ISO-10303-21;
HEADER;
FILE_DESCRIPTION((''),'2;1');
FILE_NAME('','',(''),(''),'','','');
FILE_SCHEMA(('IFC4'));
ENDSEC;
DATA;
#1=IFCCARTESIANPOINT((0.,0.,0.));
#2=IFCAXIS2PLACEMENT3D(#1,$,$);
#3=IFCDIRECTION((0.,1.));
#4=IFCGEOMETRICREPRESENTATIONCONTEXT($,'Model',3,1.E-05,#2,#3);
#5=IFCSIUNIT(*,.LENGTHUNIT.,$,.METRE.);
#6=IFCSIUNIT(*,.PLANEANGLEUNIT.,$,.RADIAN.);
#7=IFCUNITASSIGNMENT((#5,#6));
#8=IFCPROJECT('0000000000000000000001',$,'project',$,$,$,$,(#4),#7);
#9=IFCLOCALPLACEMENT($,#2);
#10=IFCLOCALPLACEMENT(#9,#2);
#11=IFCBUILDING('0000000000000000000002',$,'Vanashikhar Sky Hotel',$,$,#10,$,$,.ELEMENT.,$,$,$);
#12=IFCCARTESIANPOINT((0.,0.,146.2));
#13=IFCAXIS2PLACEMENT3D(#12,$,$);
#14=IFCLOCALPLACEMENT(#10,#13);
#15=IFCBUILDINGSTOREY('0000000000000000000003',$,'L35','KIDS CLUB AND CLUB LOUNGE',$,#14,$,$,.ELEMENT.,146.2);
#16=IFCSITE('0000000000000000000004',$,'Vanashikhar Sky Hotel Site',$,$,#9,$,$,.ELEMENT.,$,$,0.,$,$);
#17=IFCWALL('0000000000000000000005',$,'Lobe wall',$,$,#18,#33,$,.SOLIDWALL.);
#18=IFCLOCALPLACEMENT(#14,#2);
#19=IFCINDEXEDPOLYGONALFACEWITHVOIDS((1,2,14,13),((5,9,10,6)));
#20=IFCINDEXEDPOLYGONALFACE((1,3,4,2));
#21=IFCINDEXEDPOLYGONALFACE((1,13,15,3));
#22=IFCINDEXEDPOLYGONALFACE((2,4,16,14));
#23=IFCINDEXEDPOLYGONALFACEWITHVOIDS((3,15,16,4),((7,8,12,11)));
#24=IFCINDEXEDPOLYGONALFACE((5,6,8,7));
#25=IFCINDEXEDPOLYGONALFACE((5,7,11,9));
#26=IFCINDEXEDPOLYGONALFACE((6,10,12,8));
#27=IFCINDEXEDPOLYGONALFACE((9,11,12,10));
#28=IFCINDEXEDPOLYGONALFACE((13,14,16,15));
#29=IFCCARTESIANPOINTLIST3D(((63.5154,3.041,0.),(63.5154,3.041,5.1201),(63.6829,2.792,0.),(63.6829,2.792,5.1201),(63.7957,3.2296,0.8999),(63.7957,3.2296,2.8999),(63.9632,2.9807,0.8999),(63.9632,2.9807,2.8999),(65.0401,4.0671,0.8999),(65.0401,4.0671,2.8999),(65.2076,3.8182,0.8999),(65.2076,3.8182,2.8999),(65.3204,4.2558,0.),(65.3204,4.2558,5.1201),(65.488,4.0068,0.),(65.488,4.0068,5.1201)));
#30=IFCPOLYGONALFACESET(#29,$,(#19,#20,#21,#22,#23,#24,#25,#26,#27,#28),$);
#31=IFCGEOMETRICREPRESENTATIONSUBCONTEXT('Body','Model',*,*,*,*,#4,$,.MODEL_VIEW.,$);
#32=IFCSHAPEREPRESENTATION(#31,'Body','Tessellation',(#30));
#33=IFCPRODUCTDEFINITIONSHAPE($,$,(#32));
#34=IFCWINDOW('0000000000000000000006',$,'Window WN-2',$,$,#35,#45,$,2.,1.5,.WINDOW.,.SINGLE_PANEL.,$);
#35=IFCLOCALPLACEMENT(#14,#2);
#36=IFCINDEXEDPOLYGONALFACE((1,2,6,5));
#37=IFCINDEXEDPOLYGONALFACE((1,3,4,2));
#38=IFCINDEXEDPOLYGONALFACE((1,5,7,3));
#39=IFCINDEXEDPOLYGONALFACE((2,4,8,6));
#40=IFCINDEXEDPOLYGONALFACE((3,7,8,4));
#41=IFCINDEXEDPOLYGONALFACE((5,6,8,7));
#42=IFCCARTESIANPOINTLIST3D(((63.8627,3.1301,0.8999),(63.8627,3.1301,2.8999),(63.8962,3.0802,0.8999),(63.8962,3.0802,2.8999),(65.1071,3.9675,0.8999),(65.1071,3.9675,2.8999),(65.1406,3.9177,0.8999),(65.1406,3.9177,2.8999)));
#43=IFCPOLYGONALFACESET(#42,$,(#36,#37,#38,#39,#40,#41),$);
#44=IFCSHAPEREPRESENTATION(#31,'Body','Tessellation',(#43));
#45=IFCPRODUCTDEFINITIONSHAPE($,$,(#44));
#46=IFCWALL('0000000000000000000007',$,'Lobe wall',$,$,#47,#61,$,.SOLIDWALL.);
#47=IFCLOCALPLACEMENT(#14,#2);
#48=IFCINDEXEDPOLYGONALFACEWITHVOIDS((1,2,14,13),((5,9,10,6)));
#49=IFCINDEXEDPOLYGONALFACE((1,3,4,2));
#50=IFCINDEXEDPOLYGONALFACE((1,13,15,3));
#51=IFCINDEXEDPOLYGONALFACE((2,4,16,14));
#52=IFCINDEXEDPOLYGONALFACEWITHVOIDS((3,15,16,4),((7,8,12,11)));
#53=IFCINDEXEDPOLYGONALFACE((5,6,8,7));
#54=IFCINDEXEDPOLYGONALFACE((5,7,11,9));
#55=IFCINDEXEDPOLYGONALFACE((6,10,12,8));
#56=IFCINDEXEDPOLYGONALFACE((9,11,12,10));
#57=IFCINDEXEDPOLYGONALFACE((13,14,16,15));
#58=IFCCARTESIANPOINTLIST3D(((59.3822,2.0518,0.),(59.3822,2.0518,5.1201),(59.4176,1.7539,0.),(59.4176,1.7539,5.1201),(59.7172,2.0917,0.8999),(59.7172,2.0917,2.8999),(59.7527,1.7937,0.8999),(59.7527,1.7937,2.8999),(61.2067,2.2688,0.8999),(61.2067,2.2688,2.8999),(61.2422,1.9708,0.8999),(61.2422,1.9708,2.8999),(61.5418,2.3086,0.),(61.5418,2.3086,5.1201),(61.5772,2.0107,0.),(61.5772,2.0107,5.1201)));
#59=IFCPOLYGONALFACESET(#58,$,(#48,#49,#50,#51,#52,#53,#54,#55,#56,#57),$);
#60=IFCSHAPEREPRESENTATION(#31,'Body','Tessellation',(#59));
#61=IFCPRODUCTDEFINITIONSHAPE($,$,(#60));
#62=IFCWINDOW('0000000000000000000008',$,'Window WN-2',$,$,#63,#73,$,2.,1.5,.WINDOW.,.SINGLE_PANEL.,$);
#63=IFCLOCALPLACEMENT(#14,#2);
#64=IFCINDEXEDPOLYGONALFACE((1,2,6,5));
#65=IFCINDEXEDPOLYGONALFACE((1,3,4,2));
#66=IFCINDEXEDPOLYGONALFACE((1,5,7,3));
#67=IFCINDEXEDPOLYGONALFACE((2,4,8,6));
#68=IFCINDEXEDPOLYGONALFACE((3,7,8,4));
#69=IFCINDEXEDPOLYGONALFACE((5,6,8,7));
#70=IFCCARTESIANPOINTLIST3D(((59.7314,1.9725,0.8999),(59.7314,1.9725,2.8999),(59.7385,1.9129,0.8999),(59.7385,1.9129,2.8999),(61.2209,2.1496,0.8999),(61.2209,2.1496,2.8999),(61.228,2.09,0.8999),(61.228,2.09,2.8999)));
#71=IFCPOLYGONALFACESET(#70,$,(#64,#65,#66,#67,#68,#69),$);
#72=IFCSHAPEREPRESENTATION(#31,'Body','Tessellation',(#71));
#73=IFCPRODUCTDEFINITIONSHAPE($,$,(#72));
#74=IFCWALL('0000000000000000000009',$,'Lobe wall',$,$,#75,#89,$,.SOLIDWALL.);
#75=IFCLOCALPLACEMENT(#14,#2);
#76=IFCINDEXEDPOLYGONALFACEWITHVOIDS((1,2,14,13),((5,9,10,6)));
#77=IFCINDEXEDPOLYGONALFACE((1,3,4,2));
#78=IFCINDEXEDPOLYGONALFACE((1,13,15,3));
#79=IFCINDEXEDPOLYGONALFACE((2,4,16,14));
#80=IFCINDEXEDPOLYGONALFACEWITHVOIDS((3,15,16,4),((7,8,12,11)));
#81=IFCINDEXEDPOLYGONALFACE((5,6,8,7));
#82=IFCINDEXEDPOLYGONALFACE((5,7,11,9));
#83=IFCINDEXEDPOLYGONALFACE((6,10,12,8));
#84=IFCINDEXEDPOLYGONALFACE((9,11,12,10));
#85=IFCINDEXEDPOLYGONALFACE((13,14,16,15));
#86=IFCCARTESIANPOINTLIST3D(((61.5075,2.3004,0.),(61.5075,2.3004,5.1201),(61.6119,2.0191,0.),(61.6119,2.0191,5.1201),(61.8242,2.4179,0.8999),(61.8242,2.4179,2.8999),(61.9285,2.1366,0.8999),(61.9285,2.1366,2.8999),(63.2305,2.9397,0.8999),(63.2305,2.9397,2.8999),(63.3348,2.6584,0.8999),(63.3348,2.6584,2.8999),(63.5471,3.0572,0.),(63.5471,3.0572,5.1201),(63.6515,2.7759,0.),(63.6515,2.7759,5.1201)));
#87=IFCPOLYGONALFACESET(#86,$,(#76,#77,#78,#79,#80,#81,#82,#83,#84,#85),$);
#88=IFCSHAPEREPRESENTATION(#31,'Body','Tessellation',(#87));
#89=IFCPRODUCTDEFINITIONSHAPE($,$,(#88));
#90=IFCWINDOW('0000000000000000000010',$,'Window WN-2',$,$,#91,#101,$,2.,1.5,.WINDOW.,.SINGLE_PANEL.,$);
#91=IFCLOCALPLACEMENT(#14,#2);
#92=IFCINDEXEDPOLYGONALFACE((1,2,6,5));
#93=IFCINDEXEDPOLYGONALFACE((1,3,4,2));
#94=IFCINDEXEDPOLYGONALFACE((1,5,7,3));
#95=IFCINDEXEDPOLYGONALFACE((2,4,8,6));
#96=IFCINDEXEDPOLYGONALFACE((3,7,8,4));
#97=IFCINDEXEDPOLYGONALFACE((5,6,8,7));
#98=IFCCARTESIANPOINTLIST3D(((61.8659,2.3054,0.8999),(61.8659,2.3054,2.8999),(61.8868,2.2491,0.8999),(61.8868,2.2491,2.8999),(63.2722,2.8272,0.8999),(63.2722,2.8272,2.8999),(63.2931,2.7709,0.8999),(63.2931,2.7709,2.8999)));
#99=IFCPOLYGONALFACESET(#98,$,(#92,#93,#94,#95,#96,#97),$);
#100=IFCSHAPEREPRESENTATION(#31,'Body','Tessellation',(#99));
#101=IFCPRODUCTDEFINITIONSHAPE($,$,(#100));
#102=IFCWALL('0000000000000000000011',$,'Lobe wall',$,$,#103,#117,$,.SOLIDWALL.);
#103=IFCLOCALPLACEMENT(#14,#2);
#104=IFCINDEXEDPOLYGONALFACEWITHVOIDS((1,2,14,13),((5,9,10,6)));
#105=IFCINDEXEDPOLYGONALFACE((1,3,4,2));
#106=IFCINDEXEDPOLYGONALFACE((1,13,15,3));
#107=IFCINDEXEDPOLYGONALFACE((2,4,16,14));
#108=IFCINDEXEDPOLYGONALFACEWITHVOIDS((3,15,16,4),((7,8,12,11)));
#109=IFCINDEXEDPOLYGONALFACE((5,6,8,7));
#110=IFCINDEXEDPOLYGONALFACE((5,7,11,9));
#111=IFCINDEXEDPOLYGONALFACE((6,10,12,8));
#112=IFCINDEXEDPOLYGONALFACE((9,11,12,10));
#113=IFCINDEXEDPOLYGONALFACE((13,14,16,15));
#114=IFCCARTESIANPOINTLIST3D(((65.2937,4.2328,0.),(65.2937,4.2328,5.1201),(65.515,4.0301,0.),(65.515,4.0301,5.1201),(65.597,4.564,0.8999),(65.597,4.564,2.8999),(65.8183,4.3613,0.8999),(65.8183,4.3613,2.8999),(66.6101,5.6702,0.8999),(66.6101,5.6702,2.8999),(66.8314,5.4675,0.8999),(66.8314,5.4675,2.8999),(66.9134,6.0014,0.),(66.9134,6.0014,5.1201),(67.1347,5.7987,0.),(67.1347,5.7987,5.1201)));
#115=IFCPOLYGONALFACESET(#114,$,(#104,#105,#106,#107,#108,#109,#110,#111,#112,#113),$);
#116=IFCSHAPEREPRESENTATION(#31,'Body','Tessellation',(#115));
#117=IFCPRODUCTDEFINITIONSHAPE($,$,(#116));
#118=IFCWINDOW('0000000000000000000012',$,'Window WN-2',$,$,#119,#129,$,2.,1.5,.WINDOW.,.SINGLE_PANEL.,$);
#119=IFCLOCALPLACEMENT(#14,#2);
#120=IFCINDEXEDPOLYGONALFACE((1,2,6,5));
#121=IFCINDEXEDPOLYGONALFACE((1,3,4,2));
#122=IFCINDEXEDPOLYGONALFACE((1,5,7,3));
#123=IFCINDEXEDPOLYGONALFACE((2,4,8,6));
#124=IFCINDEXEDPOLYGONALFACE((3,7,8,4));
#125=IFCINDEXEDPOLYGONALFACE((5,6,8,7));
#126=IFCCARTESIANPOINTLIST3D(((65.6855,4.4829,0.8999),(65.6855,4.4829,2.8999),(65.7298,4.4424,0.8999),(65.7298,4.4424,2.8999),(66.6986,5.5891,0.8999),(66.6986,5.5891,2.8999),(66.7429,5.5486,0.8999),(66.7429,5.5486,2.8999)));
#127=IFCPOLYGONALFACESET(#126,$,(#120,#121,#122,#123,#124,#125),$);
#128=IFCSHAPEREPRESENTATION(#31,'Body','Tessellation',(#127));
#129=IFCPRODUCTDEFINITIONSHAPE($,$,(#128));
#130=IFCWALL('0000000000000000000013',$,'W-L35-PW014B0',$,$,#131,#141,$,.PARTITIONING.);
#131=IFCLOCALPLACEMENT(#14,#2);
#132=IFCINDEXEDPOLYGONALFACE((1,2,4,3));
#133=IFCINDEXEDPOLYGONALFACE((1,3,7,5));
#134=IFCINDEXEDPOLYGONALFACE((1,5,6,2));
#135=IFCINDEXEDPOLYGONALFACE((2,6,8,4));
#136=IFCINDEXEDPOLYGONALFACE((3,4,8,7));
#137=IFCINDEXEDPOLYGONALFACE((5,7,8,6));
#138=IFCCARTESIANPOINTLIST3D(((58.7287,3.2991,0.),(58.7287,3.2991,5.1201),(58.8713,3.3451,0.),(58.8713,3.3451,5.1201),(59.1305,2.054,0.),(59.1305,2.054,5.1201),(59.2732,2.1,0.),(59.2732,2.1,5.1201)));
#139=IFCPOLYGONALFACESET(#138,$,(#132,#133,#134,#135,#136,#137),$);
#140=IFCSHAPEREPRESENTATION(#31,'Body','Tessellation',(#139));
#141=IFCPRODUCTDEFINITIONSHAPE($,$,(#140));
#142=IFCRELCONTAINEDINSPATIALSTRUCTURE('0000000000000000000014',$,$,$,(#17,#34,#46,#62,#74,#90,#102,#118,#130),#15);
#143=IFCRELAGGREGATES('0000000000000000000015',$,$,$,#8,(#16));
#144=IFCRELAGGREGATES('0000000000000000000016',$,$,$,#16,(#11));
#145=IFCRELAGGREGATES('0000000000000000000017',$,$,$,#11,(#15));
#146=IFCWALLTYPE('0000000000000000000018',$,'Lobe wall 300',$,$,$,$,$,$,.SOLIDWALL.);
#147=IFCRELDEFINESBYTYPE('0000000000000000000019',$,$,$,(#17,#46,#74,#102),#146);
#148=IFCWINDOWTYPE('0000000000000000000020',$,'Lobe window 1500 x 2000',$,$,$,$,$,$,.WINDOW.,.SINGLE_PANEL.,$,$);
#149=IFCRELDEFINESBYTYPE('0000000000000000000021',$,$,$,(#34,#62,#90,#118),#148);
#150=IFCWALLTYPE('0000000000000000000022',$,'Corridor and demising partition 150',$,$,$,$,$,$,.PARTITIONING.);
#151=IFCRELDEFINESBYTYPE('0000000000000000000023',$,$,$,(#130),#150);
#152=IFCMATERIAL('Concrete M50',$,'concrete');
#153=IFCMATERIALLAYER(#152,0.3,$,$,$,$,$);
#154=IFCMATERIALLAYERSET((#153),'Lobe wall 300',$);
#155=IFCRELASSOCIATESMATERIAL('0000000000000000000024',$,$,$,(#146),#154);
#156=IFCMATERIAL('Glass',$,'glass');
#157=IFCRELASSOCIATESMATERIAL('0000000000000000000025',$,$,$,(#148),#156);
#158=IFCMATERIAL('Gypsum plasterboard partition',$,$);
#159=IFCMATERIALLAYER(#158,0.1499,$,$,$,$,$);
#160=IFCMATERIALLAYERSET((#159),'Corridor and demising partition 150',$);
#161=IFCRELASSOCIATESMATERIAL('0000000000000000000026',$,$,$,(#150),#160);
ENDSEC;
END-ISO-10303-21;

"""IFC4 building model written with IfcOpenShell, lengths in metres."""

from ifc_helpers import new_model, si_unit, direction, frame, frame_2d, origin, place, context, subcontext, project, spatial, rectangle, extrude, source, transform, mapped, material, layer, layer_set, type_object, element, fill, save


model = new_model("IFC4")

# Units and contexts
model_context = context("Model", 3, precision=1e-05, world=origin(), true_north=direction((0.0, 1.0)))
body_context = subcontext(model_context, "Body", "Model", "MODEL_VIEW")
ifc_project = project(units=[si_unit("LENGTHUNIT", "METRE"), si_unit("PLANEANGLEUNIT", "RADIAN")], contexts=[model_context])

# Site, building, storey
site_placement = place(None, origin())
site = spatial("IfcSite", under=ifc_project, at=site_placement, Name="Vanashikhar Sky Hotel Site", CompositionType="ELEMENT", RefElevation=0.0)
building_placement = place(site_placement, origin())
building = spatial("IfcBuilding", under=site, at=building_placement, Name="Vanashikhar Sky Hotel", CompositionType="ELEMENT")
storey_placement = place(building_placement, frame((0.0, 0.0, 146.2)))
storey = spatial("IfcBuildingStorey", under=building, at=storey_placement, Name="L35", Description="KIDS CLUB AND CLUB LOUNGE", CompositionType="ELEMENT", Elevation=146.2)

# Shared definitions
ifc_material_1 = material(Name="Concrete M50", Category="concrete")

# Shared definitions
ifc_material_2 = material(Name="Glass", Category="glass")

# Walls, openings, windows
ifc_layer_1 = layer(ifc_material_1, 0.3)
ifc_layer_set_1 = layer_set([ifc_layer_1], Name="Lobe wall 300")
wall_type_1 = type_object("IfcWallType", Name="Lobe wall 300", PredefinedType="SOLIDWALL", material=ifc_layer_set_1)
shared_shape_1 = source(origin(), body_context, "Body", "SweptSolid", [
    extrude(rectangle(XDim=2.1758, YDim=0.3, at=frame_2d((1.0879, 0.0))), origin(), (0.0, 0.0, 1.0), 5.1201),
])
wall_1_placement = place(storey_placement, frame((63.5991, 2.9165, 0.0), z_axis=(0.0, 0.0, 1.0), x_axis=(0.829626, 0.55832, 0.0)))
wall_1 = element("IfcWall", 1, at=wall_1_placement, inside=storey, type_object=wall_type_1, Name="Lobe wall", PredefinedType="SOLIDWALL", context=body_context, shape_type="MappedRepresentation", body=[
    mapped(shared_shape_1, transform((0.0, 0.0, 0.0), scale=1.0)),
])
shared_shape_2 = source(origin(), body_context, "Body", "SweptSolid", [
    extrude(rectangle(XDim=1.5, YDim=2.0, at=frame_2d((0.75, 1.0))), frame((0.0, 0.1602, 0.0), z_axis=(0.0, -1.0, 0.0), x_axis=(1.0, 0.0, 0.0)), (0.0, 0.0, 1.0), 0.3201),
])
opening_1_placement = place(wall_1_placement, frame((0.3379, 0.0, 0.8999)))
opening_1 = element("IfcOpeningElement", 2, at=opening_1_placement, cuts=wall_1, PredefinedType="OPENING", context=body_context, shape_type="MappedRepresentation", body=[
    mapped(shared_shape_2, transform((0.0, 0.0, 0.0), scale=1.0)),
])
window_type = type_object("IfcWindowType", Name="Lobe window 1500 x 2000", PartitioningType="SINGLE_PANEL", PredefinedType="WINDOW", material=ifc_material_2)
shared_shape_3 = source(origin(), body_context, "Body", "SweptSolid", [
    extrude(rectangle(XDim=1.5, YDim=2.0, at=frame_2d((0.75, 1.0))), frame((0.0, 0.03, 0.0), z_axis=(0.0, -1.0, 0.0), x_axis=(1.0, 0.0, 0.0)), (0.0, 0.0, 1.0), 0.0601),
])
window_1_placement = place(opening_1_placement, origin())
window_1 = element("IfcWindow", 3, at=window_1_placement, inside=storey, type_object=window_type, Name="Window WN-2", OverallHeight=2.0, OverallWidth=1.5, PartitioningType="SINGLE_PANEL", PredefinedType="WINDOW", context=body_context, shape_type="MappedRepresentation", body=[
    mapped(shared_shape_3, transform((0.0, 0.0, 0.0), scale=1.0)),
])
fill(opening_1, window_1)
shared_shape_4 = source(origin(), body_context, "Body", "SweptSolid", [
    extrude(rectangle(XDim=2.1748, YDim=0.3, at=frame_2d((1.0874, 0.0))), origin(), (0.0, 0.0, 1.0), 5.1201),
])
wall_2_placement = place(storey_placement, frame((59.3999, 1.9028, 0.0), z_axis=(0.0, 0.0, 1.0), x_axis=(0.993003, 0.118092, 0.0)))
wall_2 = element("IfcWall", 4, at=wall_2_placement, inside=storey, type_object=wall_type_1, Name="Lobe wall", PredefinedType="SOLIDWALL", context=body_context, shape_type="MappedRepresentation", body=[
    mapped(shared_shape_4, transform((0.0, 0.0, 0.0), scale=1.0)),
])
opening_2_placement = place(wall_2_placement, frame((0.3374, 0.0, 0.8999)))
opening_2 = element("IfcOpeningElement", 5, at=opening_2_placement, cuts=wall_2, PredefinedType="OPENING", context=body_context, shape_type="MappedRepresentation", body=[
    mapped(shared_shape_2, transform((0.0, 0.0, 0.0), scale=1.0)),
])
window_2_placement = place(opening_2_placement, origin())
window_2 = element("IfcWindow", 6, at=window_2_placement, inside=storey, type_object=window_type, Name="Window WN-2", OverallHeight=2.0, OverallWidth=1.5, PartitioningType="SINGLE_PANEL", PredefinedType="WINDOW", context=body_context, shape_type="MappedRepresentation", body=[
    mapped(shared_shape_3, transform((0.0, 0.0, 0.0), scale=1.0)),
])
fill(opening_2, window_2)
shared_shape_5 = source(origin(), body_context, "Body", "SweptSolid", [
    extrude(rectangle(XDim=2.1755, YDim=0.3, at=frame_2d((1.0879, 0.0))), origin(), (0.0, 0.0, 1.0), 5.1201),
])
wall_3_placement = place(storey_placement, frame((61.5596, 2.1597, 0.0), z_axis=(0.0, 0.0, 1.0), x_axis=(0.937532, 0.347899, 0.0)))
wall_3 = element("IfcWall", 7, at=wall_3_placement, inside=storey, type_object=wall_type_1, Name="Lobe wall", PredefinedType="SOLIDWALL", context=body_context, shape_type="MappedRepresentation", body=[
    mapped(shared_shape_5, transform((0.0, 0.0, 0.0), scale=1.0)),
])
opening_3_placement = place(wall_3_placement, frame((0.3379, 0.0, 0.8999)))
opening_3 = element("IfcOpeningElement", 8, at=opening_3_placement, cuts=wall_3, PredefinedType="OPENING", context=body_context, shape_type="MappedRepresentation", body=[
    mapped(shared_shape_2, transform((0.0, 0.0, 0.0), scale=1.0)),
])
window_3_placement = place(opening_3_placement, origin())
window_3 = element("IfcWindow", 9, at=window_3_placement, inside=storey, type_object=window_type, Name="Window WN-2", OverallHeight=2.0, OverallWidth=1.5, PartitioningType="SINGLE_PANEL", PredefinedType="WINDOW", context=body_context, shape_type="MappedRepresentation", body=[
    mapped(shared_shape_3, transform((0.0, 0.0, 0.0), scale=1.0)),
])
fill(opening_3, window_3)
shared_shape_6 = source(origin(), body_context, "Body", "SweptSolid", [
    extrude(rectangle(XDim=2.3982, YDim=0.3, at=frame_2d((1.1992, 0.0))), origin(), (0.0, 0.0, 1.0), 5.1201),
])
wall_4_placement = place(storey_placement, frame((65.4043, 4.1313, 0.0), z_axis=(0.0, 0.0, 1.0), x_axis=(0.675374, 0.737475, 0.0)))
wall_4 = element("IfcWall", 10, at=wall_4_placement, inside=storey, type_object=wall_type_1, Name="Lobe wall", PredefinedType="SOLIDWALL", context=body_context, shape_type="MappedRepresentation", body=[
    mapped(shared_shape_6, transform((0.0, 0.0, 0.0), scale=1.0)),
])
opening_4_placement = place(wall_4_placement, frame((0.4492, 0.0, 0.8999)))
opening_4 = element("IfcOpeningElement", 11, at=opening_4_placement, cuts=wall_4, PredefinedType="OPENING", context=body_context, shape_type="MappedRepresentation", body=[
    mapped(shared_shape_2, transform((0.0, 0.0, 0.0), scale=1.0)),
])
window_4_placement = place(opening_4_placement, origin())
window_4 = element("IfcWindow", 12, at=window_4_placement, inside=storey, type_object=window_type, Name="Window WN-2", OverallHeight=2.0, OverallWidth=1.5, PartitioningType="SINGLE_PANEL", PredefinedType="WINDOW", context=body_context, shape_type="MappedRepresentation", body=[
    mapped(shared_shape_3, transform((0.0, 0.0, 0.0), scale=1.0)),
])
fill(opening_4, window_4)

# Wall
ifc_material_3 = material(Name="Gypsum plasterboard partition")
ifc_layer_2 = layer(ifc_material_3, 0.1499)
ifc_layer_set_2 = layer_set([ifc_layer_2], Name="Corridor and demising partition 150")
wall_type_2 = type_object("IfcWallType", Name="Corridor and demising partition 150", PredefinedType="PARTITIONING", material=ifc_layer_set_2)
shared_shape_7 = source(origin(), body_context, "Body", "SweptSolid", [
    extrude(rectangle(XDim=1.3083, YDim=0.1499, at=frame_2d((0.6543, 0.0))), origin(), (0.0, 0.0, 1.0), 5.1201),
])
wall_5_placement = place(storey_placement, frame((59.2019, 2.0769, 0.0), z_axis=(0.0, 0.0, 1.0), x_axis=(-0.307145, 0.951663, 0.0)))
element("IfcWall", 13, at=wall_5_placement, inside=storey, type_object=wall_type_2, Name="W-L35-PW014B0", PredefinedType="PARTITIONING", context=body_context, shape_type="MappedRepresentation", body=[
    mapped(shared_shape_7, transform((0.0, 0.0, 0.0), scale=1.0)),
])

save(model, "model.ifc")
